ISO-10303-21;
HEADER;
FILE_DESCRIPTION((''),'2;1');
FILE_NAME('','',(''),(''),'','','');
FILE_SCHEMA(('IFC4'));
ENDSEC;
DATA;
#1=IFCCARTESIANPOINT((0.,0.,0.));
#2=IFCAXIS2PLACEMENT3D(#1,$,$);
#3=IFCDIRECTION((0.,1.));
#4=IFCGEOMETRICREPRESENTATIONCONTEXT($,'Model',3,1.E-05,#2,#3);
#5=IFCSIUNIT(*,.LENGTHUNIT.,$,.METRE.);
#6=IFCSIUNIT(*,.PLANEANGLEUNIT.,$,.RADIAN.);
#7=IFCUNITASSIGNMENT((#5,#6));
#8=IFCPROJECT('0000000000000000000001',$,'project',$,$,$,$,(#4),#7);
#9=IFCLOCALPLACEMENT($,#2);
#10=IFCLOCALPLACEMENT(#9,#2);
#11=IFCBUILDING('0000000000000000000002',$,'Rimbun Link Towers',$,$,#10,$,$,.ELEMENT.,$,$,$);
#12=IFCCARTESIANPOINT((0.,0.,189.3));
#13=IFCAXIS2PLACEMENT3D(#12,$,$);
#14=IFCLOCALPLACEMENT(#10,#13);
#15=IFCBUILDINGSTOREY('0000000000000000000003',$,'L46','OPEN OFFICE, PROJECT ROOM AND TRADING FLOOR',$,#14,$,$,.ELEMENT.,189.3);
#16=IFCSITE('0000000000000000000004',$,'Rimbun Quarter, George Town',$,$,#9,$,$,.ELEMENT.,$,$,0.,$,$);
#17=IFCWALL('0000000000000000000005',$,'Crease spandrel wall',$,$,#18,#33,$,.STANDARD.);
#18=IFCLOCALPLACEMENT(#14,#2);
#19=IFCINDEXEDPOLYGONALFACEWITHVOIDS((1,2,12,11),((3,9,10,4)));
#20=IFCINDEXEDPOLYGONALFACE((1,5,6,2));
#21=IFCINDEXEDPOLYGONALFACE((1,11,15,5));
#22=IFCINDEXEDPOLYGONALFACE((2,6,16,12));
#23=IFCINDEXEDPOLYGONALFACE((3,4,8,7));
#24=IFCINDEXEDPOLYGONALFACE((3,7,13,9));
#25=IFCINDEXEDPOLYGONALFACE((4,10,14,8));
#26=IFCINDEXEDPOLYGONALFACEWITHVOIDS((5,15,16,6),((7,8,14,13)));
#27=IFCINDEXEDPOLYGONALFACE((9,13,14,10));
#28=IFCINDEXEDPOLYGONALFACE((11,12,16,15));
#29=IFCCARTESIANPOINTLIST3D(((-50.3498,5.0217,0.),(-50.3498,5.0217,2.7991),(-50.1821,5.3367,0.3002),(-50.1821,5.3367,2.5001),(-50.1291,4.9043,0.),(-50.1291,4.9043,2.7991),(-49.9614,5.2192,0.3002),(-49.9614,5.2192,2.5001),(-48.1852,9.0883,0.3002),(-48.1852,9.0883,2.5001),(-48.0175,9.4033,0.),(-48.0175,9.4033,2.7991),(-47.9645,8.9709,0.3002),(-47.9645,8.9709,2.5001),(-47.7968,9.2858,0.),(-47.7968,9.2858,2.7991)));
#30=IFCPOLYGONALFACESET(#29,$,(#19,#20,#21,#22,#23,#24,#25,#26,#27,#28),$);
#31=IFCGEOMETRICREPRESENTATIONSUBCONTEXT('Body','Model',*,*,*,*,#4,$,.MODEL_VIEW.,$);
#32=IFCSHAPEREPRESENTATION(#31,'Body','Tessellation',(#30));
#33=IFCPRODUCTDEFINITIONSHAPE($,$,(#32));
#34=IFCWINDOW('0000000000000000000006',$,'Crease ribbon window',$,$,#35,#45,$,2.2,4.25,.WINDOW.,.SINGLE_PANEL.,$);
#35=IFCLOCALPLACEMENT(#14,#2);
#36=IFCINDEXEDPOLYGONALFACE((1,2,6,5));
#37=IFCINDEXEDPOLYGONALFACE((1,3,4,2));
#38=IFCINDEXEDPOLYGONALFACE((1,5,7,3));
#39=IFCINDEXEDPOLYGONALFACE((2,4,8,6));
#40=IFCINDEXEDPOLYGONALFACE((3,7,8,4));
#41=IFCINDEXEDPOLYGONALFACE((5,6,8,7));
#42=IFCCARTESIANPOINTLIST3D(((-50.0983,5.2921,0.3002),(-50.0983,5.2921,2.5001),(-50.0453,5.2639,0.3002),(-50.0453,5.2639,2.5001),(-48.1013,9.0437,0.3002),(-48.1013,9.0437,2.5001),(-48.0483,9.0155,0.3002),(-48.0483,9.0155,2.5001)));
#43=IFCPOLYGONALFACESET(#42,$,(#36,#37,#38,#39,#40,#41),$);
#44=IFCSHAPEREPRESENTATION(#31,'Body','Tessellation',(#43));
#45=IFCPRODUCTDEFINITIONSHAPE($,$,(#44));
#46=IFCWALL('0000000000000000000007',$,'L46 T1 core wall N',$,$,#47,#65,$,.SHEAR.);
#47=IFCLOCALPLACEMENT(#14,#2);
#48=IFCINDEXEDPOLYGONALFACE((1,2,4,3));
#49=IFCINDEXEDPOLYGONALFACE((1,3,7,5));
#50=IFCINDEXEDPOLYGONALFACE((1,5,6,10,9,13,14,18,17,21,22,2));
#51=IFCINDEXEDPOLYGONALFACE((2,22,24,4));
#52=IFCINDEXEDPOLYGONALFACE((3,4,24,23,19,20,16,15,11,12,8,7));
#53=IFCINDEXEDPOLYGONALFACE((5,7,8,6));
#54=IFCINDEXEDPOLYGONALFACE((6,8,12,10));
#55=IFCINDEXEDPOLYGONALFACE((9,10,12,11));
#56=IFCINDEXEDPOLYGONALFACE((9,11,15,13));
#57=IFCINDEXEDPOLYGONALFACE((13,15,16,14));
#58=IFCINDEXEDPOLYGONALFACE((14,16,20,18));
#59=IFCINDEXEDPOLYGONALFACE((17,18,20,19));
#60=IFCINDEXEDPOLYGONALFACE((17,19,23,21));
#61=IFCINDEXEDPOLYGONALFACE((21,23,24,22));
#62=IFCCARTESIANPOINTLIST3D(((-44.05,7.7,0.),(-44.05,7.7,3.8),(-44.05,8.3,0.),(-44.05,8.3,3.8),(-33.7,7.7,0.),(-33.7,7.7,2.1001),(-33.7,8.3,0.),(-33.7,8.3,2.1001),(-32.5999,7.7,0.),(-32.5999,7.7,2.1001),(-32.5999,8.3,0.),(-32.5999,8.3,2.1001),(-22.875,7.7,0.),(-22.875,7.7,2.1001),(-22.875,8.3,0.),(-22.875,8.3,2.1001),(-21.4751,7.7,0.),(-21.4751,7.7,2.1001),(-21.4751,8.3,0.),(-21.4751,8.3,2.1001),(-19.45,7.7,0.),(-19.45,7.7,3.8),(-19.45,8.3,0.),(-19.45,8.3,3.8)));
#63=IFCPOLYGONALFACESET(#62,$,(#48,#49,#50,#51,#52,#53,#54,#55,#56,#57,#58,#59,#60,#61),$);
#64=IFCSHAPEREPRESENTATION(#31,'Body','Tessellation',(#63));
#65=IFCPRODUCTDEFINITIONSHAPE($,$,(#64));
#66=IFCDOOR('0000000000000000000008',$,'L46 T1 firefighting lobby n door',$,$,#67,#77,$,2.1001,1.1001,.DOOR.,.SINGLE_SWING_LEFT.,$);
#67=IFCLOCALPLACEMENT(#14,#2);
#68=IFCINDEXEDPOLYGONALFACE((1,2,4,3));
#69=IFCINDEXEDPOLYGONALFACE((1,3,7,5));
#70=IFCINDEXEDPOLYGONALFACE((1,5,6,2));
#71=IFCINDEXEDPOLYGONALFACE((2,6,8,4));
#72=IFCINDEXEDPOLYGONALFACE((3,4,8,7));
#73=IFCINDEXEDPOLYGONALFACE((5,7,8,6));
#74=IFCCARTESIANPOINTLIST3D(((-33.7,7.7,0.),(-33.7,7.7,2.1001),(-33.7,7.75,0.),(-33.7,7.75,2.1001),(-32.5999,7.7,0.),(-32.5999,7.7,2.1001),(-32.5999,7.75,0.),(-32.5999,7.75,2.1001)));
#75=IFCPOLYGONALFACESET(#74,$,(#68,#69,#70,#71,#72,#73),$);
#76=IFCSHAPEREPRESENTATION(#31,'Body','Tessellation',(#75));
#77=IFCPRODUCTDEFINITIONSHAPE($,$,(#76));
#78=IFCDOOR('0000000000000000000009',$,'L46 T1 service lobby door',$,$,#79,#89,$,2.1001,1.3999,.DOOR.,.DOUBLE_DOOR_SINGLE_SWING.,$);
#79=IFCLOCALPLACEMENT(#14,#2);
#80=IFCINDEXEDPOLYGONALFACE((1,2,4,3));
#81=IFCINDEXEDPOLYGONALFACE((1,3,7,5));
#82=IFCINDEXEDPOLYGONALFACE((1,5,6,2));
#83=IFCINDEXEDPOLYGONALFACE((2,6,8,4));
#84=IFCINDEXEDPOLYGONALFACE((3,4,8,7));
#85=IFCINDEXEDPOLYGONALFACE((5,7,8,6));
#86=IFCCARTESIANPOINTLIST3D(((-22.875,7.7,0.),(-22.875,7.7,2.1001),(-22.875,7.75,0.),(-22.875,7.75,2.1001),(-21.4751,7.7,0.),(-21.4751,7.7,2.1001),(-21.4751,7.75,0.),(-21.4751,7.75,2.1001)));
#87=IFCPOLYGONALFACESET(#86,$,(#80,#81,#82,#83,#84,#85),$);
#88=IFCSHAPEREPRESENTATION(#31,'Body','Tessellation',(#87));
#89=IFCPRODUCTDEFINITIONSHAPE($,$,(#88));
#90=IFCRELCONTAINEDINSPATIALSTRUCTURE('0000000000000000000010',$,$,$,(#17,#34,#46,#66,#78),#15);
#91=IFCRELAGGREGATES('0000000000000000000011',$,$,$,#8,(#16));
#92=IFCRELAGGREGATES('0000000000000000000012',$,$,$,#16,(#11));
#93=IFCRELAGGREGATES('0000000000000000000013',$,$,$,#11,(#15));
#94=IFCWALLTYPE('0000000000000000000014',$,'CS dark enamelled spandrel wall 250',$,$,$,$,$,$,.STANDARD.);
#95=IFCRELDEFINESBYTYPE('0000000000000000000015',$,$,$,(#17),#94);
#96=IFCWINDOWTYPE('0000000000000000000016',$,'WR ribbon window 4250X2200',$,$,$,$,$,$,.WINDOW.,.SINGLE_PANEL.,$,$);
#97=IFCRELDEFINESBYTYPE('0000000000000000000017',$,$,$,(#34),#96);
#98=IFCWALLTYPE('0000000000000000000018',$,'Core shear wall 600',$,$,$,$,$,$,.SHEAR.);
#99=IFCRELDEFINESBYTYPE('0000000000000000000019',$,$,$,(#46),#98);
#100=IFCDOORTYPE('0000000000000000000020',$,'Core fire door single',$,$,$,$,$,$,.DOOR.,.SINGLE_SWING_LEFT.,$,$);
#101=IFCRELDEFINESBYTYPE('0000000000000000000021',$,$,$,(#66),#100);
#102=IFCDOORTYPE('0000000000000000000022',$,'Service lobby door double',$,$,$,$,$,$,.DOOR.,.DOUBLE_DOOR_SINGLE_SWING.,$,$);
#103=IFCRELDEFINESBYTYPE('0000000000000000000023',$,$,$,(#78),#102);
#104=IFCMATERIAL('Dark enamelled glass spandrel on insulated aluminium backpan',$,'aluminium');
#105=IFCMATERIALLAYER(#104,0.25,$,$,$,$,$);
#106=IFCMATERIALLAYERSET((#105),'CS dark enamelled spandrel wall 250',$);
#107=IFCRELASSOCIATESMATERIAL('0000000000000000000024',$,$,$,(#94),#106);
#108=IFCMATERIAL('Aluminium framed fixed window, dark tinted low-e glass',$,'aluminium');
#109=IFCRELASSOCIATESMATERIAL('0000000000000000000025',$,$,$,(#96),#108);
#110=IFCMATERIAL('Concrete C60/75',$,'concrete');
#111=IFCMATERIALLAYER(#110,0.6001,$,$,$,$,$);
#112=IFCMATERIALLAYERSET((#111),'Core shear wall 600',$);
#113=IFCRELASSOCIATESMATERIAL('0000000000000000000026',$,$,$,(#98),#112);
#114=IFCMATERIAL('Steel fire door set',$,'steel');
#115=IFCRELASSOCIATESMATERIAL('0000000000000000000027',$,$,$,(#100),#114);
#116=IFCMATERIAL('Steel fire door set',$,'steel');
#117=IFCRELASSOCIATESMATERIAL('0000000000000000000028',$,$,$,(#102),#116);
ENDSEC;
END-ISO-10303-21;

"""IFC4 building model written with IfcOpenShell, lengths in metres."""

from ifc_helpers import new_model, si_unit, direction, frame, frame_2d, origin, place, context, subcontext, project, spatial, rectangle, extrude, material, layer, layer_set, type_object, element, fill, save


model = new_model("IFC4")

# Units and contexts
model_context = context("Model", 3, precision=1e-05, world=origin(), true_north=direction((0.0, 1.0)))
body_context = subcontext(model_context, "Body", "Model", "MODEL_VIEW")
ifc_project = project(units=[si_unit("LENGTHUNIT", "METRE"), si_unit("PLANEANGLEUNIT", "RADIAN")], contexts=[model_context])

# Site, building, storey
site_placement = place(None, origin())
site = spatial("IfcSite", under=ifc_project, at=site_placement, Name="Rimbun Quarter, George Town", CompositionType="ELEMENT", RefElevation=0.0)
building_placement = place(site_placement, origin())
building = spatial("IfcBuilding", under=site, at=building_placement, Name="Rimbun Link Towers", CompositionType="ELEMENT")
storey_placement = place(building_placement, frame((0.0, 0.0, 189.3)))
storey = spatial("IfcBuildingStorey", under=building, at=storey_placement, Name="L46", Description="OPEN OFFICE, PROJECT ROOM AND TRADING FLOOR", CompositionType="ELEMENT", Elevation=189.3)

# Wall, opening, window
ifc_material_1 = material(Name="Dark enamelled glass spandrel on insulated aluminium backpan", Category="aluminium")
ifc_layer_1 = layer(ifc_material_1, 0.25)
ifc_layer_set_1 = layer_set([ifc_layer_1], Name="CS dark enamelled spandrel wall 250")
wall_type_1 = type_object("IfcWallType", Name="CS dark enamelled spandrel wall 250", PredefinedType="STANDARD", material=ifc_layer_set_1)
wall_1_placement = place(storey_placement, frame((-50.2395, 4.9629, 0.0), z_axis=(0.0, 0.0, 1.0), x_axis=(0.469871, 0.882735, 0.0)))
wall_1 = element("IfcWall", 1, at=wall_1_placement, inside=storey, type_object=wall_type_1, Name="Crease spandrel wall", PredefinedType="STANDARD", context=body_context, shape_type="SweptSolid", body=[
    extrude(rectangle(XDim=4.9636, YDim=0.25, at=frame_2d((2.4819, 0.0))), origin(), (0.0, 0.0, 1.0), 2.7991),
])
opening_1_placement = place(wall_1_placement, frame((0.3569, 0.0, 0.3)))
opening_1 = element("IfcOpeningElement", 2, at=opening_1_placement, cuts=wall_1, PredefinedType="OPENING", context=body_context, shape_type="SweptSolid", body=[
    extrude(rectangle(XDim=4.25, YDim=2.2, at=frame_2d((2.125, 1.1001))), frame((0.0, 0.135, 0.0), z_axis=(0.0, -1.0, 0.0), x_axis=(1.0, 0.0, 0.0)), (0.0, 0.0, 1.0), 0.27),
])
ifc_material_2 = material(Name="Aluminium framed fixed window, dark tinted low-e glass", Category="aluminium")
window_type_1 = type_object("IfcWindowType", Name="WR ribbon window 4250X2200", PartitioningType="SINGLE_PANEL", PredefinedType="WINDOW", material=ifc_material_2)
window_1_placement = place(opening_1_placement, origin())
window_1 = element("IfcWindow", 3, at=window_1_placement, inside=storey, type_object=window_type_1, Name="Crease ribbon window", OverallHeight=2.2, OverallWidth=4.25, PartitioningType="SINGLE_PANEL", PredefinedType="WINDOW", context=body_context, shape_type="SweptSolid", body=[
    extrude(rectangle(XDim=4.25, YDim=2.2, at=frame_2d((2.125, 1.1001))), frame((0.0, 0.03, 0.0), z_axis=(0.0, -1.0, 0.0), x_axis=(1.0, 0.0, 0.0)), (0.0, 0.0, 1.0), 0.0601),
])
fill(opening_1, window_1)

# Wall, openings, doors
ifc_material_3 = material(Name="Concrete C60/75", Category="concrete")
ifc_layer_2 = layer(ifc_material_3, 0.6001)
ifc_layer_set_2 = layer_set([ifc_layer_2], Name="Core shear wall 600")
wall_type_2 = type_object("IfcWallType", Name="Core shear wall 600", PredefinedType="SHEAR", material=ifc_layer_set_2)
wall_2_placement = place(storey_placement, frame((-44.05, 8.0, 0.0), z_axis=(0.0, 0.0, 1.0), x_axis=(1.0, 0.0, 0.0)))
wall_2 = element("IfcWall", 4, at=wall_2_placement, inside=storey, type_object=wall_type_2, Name="L46 T1 core wall N", PredefinedType="SHEAR", context=body_context, shape_type="SweptSolid", body=[
    extrude(rectangle(XDim=24.6001, YDim=0.6001, at=frame_2d((12.3, 0.0))), origin(), (0.0, 0.0, 1.0), 3.8),
])
opening_2_placement = place(wall_2_placement, frame((10.3501, 0.0, 0.0)))
opening_2 = element("IfcOpeningElement", 5, at=opening_2_placement, cuts=wall_2, PredefinedType="OPENING", context=body_context, shape_type="SweptSolid", body=[
    extrude(rectangle(XDim=1.1001, YDim=2.1001, at=frame_2d((0.55, 1.05))), frame((0.0, 0.3101, 0.0), z_axis=(0.0, -1.0, 0.0), x_axis=(1.0, 0.0, 0.0)), (0.0, 0.0, 1.0), 0.6201),
])
opening_3_placement = place(wall_2_placement, frame((21.175, 0.0, 0.0)))
opening_3 = element("IfcOpeningElement", 6, at=opening_3_placement, cuts=wall_2, PredefinedType="OPENING", context=body_context, shape_type="SweptSolid", body=[
    extrude(rectangle(XDim=1.3999, YDim=2.1001, at=frame_2d((0.7, 1.05))), frame((0.0, 0.3101, 0.0), z_axis=(0.0, -1.0, 0.0), x_axis=(1.0, 0.0, 0.0)), (0.0, 0.0, 1.0), 0.6201),
])
ifc_material_4 = material(Name="Steel fire door set", Category="steel")
door_type_1 = type_object("IfcDoorType", Name="Core fire door single", OperationType="SINGLE_SWING_LEFT", PredefinedType="DOOR", material=ifc_material_4)
door_1_placement = place(opening_2_placement, origin())
door_1 = element("IfcDoor", 7, at=door_1_placement, inside=storey, type_object=door_type_1, Name="L46 T1 firefighting lobby n door", OperationType="SINGLE_SWING_LEFT", OverallHeight=2.1001, OverallWidth=1.1001, PredefinedType="DOOR", context=body_context, shape_type="SweptSolid", body=[
    extrude(rectangle(XDim=1.1001, YDim=2.1001, at=frame_2d((0.55, 1.05))), frame((0.0, -0.25, 0.0), z_axis=(0.0, -1.0, 0.0), x_axis=(1.0, 0.0, 0.0)), (0.0, 0.0, 1.0), 0.05),
])
fill(opening_2, door_1)
ifc_material_5 = material(Name="Steel fire door set", Category="steel")
door_type_2 = type_object("IfcDoorType", Name="Service lobby door double", OperationType="DOUBLE_DOOR_SINGLE_SWING", PredefinedType="DOOR", material=ifc_material_5)
door_2_placement = place(opening_3_placement, origin())
door_2 = element("IfcDoor", 8, at=door_2_placement, inside=storey, type_object=door_type_2, Name="L46 T1 service lobby door", OperationType="DOUBLE_DOOR_SINGLE_SWING", OverallHeight=2.1001, OverallWidth=1.3999, PredefinedType="DOOR", context=body_context, shape_type="SweptSolid", body=[
    extrude(rectangle(XDim=1.3999, YDim=2.1001, at=frame_2d((0.7, 1.05))), frame((0.0, -0.25, 0.0), z_axis=(0.0, -1.0, 0.0), x_axis=(1.0, 0.0, 0.0)), (0.0, 0.0, 1.0), 0.05),
])
fill(opening_3, door_2)

save(model, "model.ifc")
